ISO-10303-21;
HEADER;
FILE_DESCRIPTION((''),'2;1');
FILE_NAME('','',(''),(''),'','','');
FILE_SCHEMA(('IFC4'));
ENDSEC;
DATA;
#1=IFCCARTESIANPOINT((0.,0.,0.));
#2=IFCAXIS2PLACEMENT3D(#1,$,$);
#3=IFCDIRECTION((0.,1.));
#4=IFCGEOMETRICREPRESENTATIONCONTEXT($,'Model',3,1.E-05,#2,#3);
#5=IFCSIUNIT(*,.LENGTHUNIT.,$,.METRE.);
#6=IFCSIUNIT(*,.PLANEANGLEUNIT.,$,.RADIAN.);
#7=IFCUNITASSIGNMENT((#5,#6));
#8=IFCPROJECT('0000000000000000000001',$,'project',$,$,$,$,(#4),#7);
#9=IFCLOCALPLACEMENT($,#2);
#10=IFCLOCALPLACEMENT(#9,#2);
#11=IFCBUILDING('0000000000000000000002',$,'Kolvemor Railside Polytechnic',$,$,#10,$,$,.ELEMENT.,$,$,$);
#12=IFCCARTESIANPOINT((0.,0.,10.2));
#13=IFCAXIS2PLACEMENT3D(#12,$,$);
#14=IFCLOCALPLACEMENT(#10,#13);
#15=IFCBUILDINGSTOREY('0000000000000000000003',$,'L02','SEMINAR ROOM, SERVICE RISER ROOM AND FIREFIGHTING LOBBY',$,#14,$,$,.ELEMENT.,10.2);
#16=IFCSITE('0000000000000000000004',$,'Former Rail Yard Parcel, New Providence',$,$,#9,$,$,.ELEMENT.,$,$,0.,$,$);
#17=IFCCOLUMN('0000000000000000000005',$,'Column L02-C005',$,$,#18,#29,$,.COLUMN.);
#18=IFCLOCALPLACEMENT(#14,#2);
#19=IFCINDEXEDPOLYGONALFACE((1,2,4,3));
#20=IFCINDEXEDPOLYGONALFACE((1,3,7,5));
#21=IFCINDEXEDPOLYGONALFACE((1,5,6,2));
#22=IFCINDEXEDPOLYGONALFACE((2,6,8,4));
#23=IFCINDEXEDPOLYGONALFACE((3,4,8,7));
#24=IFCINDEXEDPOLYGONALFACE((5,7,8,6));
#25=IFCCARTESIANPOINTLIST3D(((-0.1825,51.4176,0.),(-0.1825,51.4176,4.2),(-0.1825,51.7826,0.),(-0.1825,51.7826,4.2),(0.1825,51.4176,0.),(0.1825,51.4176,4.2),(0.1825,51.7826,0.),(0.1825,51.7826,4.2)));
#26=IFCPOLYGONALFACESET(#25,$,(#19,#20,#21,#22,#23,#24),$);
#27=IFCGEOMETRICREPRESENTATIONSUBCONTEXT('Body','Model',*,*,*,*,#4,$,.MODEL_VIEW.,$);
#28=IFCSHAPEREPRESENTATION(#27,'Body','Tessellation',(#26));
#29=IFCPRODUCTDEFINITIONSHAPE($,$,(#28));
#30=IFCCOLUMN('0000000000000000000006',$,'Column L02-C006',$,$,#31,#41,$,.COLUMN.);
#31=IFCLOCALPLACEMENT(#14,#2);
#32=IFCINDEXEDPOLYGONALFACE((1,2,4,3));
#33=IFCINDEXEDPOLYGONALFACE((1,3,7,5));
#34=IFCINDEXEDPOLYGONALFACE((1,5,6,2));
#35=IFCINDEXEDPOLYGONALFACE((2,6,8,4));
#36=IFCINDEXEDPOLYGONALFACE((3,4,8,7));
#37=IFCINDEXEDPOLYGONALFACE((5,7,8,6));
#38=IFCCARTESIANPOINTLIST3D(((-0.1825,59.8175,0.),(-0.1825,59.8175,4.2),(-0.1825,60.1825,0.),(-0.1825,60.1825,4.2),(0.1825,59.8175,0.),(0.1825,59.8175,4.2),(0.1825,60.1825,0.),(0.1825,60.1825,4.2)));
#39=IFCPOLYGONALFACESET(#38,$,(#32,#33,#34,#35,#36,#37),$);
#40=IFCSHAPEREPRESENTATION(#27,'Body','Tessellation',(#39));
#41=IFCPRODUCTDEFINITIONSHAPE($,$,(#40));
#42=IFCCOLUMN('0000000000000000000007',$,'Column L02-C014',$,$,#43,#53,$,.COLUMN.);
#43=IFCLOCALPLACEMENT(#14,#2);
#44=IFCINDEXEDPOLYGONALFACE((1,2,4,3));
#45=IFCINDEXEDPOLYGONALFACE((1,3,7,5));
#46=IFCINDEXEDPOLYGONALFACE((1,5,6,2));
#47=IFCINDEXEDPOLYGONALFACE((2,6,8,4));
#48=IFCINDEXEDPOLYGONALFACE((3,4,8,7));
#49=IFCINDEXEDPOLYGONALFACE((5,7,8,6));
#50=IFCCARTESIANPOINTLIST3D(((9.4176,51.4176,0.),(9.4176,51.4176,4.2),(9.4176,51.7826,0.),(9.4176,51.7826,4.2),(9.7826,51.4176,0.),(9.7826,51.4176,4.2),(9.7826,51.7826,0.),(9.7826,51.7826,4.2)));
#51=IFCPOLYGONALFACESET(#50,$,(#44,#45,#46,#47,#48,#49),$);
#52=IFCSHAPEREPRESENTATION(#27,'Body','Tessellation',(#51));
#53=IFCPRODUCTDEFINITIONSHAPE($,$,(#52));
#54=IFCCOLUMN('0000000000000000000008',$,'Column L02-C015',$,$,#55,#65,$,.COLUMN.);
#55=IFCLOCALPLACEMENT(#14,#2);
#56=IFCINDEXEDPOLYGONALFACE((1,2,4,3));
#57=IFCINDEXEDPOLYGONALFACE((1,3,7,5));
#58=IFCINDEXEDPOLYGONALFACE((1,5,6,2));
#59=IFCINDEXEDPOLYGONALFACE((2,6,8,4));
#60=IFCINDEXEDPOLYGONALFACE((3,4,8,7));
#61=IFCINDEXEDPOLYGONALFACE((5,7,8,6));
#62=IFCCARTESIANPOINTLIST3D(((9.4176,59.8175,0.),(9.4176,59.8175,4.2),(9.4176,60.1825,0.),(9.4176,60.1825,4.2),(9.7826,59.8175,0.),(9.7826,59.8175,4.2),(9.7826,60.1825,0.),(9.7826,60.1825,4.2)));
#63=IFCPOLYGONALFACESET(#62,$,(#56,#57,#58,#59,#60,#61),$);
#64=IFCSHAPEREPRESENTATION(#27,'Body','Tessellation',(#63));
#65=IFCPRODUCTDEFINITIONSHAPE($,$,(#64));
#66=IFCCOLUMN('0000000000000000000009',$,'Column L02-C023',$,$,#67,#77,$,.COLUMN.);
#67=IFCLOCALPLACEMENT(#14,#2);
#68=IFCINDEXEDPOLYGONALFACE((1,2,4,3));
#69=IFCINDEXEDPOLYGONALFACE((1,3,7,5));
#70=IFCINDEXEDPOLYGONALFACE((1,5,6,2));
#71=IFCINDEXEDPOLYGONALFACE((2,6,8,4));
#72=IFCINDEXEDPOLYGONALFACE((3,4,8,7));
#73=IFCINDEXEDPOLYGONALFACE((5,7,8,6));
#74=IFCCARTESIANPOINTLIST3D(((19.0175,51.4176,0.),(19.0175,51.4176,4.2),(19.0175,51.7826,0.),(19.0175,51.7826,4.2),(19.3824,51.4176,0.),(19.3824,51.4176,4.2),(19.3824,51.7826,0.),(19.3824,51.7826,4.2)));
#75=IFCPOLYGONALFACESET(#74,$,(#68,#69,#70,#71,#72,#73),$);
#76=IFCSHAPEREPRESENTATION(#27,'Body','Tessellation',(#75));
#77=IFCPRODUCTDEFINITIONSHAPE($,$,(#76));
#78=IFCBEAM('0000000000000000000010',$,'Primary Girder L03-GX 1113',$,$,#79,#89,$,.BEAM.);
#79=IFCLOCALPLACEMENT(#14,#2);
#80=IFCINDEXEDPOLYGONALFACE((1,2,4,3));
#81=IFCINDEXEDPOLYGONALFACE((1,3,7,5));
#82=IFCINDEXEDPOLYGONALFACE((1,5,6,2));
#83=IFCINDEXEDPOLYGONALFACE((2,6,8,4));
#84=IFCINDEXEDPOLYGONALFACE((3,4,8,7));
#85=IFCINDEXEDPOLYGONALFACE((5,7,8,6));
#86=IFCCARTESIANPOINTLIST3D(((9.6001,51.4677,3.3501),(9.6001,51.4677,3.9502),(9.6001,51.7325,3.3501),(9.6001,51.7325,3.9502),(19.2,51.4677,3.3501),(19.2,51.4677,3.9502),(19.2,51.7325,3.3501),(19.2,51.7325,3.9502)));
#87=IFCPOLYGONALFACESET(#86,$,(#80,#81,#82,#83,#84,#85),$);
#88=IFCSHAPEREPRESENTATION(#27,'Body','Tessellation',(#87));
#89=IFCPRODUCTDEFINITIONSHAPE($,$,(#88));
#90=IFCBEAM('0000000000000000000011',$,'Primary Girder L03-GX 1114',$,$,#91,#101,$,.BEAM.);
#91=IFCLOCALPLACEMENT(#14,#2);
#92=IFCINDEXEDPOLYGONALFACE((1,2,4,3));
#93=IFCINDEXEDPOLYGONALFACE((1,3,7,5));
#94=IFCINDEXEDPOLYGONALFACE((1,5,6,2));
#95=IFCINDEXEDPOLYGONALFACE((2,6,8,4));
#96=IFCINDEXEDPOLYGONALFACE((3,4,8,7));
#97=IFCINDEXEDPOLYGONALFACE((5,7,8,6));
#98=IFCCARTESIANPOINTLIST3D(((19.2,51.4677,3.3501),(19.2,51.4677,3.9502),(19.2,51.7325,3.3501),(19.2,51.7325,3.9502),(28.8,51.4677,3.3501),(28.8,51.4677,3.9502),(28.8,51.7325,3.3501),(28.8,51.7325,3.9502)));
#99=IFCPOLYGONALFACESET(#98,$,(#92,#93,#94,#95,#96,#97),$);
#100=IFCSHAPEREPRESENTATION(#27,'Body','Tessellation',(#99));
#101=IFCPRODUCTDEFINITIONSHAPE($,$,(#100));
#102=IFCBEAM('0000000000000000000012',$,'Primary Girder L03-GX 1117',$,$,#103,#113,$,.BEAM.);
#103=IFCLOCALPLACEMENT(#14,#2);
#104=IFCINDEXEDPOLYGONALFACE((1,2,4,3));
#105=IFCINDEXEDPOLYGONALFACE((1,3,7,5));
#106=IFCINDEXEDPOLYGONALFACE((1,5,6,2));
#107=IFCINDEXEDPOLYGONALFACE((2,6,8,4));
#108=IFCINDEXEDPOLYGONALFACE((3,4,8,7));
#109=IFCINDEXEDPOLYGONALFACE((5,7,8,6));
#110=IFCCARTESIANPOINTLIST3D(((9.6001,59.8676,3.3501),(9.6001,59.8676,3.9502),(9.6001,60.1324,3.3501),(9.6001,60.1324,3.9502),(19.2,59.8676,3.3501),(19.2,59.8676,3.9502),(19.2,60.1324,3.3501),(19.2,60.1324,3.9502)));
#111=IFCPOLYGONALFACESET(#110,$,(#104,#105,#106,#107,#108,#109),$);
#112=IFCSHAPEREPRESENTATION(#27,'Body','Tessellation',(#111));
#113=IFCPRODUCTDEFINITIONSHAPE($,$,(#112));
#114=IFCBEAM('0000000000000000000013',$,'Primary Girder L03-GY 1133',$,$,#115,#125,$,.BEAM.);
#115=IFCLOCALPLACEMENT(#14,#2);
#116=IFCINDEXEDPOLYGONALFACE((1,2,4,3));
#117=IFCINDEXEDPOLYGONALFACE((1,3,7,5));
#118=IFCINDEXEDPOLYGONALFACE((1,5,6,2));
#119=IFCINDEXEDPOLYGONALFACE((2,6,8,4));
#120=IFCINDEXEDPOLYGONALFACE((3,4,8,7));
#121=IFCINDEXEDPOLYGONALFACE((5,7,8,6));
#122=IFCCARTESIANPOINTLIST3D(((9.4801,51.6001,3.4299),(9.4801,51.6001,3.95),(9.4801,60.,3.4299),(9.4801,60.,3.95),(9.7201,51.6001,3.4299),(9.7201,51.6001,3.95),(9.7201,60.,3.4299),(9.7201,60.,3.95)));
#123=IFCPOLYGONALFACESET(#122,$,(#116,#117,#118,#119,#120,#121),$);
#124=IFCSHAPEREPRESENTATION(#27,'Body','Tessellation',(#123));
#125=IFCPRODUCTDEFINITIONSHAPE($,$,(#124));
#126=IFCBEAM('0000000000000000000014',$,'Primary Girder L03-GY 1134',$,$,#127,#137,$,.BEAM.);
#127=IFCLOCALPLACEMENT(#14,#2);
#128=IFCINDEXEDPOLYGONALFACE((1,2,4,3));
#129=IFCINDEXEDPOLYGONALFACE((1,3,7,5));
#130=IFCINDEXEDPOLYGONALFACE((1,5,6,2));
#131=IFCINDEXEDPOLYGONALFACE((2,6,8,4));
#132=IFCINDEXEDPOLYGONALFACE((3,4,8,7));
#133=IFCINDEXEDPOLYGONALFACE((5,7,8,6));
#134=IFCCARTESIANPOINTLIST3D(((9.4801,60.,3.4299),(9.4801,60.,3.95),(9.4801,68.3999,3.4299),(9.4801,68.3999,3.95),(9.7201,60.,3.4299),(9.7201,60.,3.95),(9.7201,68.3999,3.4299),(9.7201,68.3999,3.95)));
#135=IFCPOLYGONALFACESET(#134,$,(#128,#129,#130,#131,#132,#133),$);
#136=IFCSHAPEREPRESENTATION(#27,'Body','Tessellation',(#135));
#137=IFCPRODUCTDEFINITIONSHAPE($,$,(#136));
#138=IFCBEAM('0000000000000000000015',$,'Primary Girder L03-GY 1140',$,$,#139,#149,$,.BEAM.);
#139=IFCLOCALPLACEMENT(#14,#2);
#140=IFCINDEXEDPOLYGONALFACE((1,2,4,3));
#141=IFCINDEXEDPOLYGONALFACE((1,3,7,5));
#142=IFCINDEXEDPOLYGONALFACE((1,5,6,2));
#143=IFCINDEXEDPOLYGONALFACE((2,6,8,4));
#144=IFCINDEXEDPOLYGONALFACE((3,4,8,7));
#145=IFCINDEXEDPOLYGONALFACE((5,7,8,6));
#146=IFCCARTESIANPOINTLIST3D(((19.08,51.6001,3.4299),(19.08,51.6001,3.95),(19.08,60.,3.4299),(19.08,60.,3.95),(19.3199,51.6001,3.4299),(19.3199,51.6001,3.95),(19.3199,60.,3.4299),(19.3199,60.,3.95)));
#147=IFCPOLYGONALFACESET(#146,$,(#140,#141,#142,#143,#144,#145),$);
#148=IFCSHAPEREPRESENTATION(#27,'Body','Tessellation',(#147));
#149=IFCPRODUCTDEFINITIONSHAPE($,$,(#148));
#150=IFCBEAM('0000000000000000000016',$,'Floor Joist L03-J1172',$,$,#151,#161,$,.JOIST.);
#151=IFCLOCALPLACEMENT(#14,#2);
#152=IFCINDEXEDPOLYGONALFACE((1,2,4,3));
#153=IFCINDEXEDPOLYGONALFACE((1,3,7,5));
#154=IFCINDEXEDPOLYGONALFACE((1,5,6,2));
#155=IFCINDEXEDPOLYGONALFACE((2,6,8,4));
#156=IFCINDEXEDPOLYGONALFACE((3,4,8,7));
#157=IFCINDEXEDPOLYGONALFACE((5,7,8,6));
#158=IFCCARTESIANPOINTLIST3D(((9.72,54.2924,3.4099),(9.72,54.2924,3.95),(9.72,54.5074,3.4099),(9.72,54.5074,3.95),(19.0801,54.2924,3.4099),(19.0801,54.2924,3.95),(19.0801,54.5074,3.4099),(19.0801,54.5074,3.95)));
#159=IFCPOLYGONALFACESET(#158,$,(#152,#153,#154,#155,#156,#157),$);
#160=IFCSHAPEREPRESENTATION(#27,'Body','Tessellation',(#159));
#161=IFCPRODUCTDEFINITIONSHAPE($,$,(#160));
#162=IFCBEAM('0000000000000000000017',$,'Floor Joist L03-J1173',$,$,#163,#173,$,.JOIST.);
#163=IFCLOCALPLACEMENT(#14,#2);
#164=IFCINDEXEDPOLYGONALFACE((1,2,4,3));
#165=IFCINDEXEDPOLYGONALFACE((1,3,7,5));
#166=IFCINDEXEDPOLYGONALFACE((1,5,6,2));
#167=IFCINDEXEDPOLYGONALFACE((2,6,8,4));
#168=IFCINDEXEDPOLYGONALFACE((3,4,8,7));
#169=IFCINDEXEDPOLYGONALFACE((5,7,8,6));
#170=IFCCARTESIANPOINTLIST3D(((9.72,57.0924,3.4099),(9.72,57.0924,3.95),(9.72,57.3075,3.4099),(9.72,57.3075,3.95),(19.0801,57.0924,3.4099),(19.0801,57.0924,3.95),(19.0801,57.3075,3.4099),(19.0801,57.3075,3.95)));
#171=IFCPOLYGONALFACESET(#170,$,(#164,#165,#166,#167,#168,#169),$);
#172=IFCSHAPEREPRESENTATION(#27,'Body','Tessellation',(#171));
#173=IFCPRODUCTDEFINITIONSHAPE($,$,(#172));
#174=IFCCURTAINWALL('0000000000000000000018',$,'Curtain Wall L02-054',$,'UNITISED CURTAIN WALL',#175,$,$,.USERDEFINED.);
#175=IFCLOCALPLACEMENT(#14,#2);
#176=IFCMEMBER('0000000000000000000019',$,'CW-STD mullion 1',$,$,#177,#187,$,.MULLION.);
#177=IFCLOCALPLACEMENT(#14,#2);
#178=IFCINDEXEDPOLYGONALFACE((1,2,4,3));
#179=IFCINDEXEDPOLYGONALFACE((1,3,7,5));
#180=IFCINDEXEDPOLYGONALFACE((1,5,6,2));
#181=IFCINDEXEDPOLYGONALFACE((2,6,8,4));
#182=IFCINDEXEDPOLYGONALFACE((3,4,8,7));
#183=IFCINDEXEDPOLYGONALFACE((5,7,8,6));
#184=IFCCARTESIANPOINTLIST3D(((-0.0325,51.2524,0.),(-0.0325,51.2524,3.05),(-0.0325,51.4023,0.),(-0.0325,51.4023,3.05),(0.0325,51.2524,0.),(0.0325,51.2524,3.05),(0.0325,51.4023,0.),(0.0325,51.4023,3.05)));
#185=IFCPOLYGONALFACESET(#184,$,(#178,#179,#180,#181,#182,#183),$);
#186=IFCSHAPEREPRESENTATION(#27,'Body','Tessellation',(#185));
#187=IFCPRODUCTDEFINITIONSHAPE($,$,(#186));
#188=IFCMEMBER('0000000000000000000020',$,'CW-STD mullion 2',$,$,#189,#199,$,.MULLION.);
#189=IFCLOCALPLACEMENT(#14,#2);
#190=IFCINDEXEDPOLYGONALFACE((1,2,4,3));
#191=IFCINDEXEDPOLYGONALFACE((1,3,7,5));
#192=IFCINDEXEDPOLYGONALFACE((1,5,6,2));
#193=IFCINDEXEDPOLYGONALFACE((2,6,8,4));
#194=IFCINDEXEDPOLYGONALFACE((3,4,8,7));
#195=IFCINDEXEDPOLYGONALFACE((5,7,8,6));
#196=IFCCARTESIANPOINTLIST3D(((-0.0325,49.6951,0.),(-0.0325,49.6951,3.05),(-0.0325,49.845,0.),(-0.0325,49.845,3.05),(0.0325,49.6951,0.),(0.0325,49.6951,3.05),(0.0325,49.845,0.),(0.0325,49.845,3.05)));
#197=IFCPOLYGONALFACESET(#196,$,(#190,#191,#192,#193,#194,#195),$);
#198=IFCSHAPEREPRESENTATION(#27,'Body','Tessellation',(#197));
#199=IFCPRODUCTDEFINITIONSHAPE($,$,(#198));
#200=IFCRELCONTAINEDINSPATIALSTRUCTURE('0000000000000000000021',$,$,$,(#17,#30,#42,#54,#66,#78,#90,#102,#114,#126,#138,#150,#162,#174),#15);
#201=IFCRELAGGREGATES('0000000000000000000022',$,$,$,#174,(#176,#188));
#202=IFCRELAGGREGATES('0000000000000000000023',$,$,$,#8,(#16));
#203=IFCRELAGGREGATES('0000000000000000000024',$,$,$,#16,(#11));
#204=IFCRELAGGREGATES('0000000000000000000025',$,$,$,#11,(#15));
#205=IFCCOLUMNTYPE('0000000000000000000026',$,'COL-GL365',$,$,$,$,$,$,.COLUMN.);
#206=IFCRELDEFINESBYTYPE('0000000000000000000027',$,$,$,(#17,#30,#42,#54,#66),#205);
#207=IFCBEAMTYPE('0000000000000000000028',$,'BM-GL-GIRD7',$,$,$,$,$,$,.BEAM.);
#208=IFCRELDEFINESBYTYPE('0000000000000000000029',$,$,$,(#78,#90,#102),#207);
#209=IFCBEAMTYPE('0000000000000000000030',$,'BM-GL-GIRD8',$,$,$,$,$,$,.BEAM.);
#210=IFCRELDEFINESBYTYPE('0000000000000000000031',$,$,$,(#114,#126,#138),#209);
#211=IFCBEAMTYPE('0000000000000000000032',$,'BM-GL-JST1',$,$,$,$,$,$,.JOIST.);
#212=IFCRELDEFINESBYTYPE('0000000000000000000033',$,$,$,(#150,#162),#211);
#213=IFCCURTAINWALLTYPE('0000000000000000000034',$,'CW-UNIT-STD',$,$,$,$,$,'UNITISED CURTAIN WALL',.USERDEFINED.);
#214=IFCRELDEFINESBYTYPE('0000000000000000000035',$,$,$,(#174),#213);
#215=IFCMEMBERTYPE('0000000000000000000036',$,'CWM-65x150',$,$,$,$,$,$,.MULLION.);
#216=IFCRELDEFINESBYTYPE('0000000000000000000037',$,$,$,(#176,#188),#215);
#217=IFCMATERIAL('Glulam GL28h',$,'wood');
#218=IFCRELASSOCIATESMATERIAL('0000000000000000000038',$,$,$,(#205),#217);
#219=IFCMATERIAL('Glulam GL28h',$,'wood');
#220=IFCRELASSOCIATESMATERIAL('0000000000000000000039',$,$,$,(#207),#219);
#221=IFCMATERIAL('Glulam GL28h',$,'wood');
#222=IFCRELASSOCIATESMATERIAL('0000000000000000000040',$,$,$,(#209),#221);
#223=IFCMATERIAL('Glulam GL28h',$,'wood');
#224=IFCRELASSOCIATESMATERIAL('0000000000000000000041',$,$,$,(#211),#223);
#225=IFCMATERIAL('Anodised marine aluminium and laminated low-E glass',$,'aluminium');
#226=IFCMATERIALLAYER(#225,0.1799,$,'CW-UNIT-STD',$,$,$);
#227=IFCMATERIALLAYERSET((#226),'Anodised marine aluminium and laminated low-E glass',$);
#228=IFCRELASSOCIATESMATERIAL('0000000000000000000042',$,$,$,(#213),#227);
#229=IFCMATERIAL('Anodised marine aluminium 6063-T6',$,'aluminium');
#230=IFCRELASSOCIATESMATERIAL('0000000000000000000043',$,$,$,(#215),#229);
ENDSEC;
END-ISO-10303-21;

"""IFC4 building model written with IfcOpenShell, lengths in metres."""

from ifc_helpers import new_model, si_unit, direction, frame, origin, origin_2d, place, context, subcontext, project, spatial, rectangle, extrude, material, layer, layer_set, material_profile, profile_set, type_object, element, aggregate, save


model = new_model("IFC4")

# Units and contexts
model_context = context("Model", 3, precision=1e-05, world=origin(), true_north=direction((0.0, 1.0)))
body_context = subcontext(model_context, "Body", "Model", "MODEL_VIEW")
ifc_project = project(units=[si_unit("LENGTHUNIT", "METRE"), si_unit("PLANEANGLEUNIT", "RADIAN")], contexts=[model_context])

# Site, building, storey
site_placement = place(None, origin())
site = spatial("IfcSite", under=ifc_project, at=site_placement, Name="Former Rail Yard Parcel, New Providence", CompositionType="ELEMENT", RefElevation=0.0)
building_placement = place(site_placement, origin())
building = spatial("IfcBuilding", under=site, at=building_placement, Name="Kolvemor Railside Polytechnic", CompositionType="ELEMENT")
storey_placement = place(building_placement, frame((0.0, 0.0, 10.2)))
storey = spatial("IfcBuildingStorey", under=building, at=storey_placement, Name="L02", Description="SEMINAR ROOM, SERVICE RISER ROOM AND FIREFIGHTING LOBBY", CompositionType="ELEMENT", Elevation=10.2)

# Columns
ifc_material_1 = material(Name="Glulam GL28h", Category="wood")
ifc_material_profile_1 = material_profile(ifc_material_1, rectangle(XDim=0.365, YDim=0.365, at=origin_2d()), Name="GL365x365")
ifc_profile_set_1 = profile_set([ifc_material_profile_1], Name="Glulam GL28h")
column_type = type_object("IfcColumnType", Name="COL-GL365", PredefinedType="COLUMN", material=ifc_profile_set_1)
for number, where, z_axis, x_axis, name in (
    (1, (0.0, 51.6001, 0.0), (0.0, 0.0, 1.0), (1.0, 0.0, 0.0), "Column L02-C005"),
    (2, (0.0, 60.0, 0.0), (0.0, 0.0, 1.0), (1.0, 0.0, 0.0), "Column L02-C006"),
    (3, (9.6001, 51.6001, 0.0), (0.0, 0.0, 1.0), (1.0, 0.0, 0.0), "Column L02-C014"),
    (4, (9.6001, 60.0, 0.0), (0.0, 0.0, 1.0), (1.0, 0.0, 0.0), "Column L02-C015"),
    (5, (19.2, 51.6001, 0.0), (0.0, 0.0, 1.0), (1.0, 0.0, 0.0), "Column L02-C023"),
):
    element("IfcColumn", number, at=place(storey_placement, frame(where, z_axis=z_axis, x_axis=x_axis)), inside=storey, type_object=column_type, Name=name, PredefinedType="COLUMN", context=body_context, shape_type="SweptSolid", body=[
        extrude(rectangle(XDim=0.365, YDim=0.365, at=origin_2d()), origin(), (0.0, 0.0, 1.0), 4.2),
    ])

# Beams
ifc_material_2 = material(Name="Glulam GL28h", Category="wood")
ifc_material_profile_2 = material_profile(ifc_material_2, rectangle(XDim=0.2649, YDim=0.6001, at=origin_2d()), Name="GL265x600")
ifc_profile_set_2 = profile_set([ifc_material_profile_2], Name="Glulam GL28h")
beam_type_1 = type_object("IfcBeamType", Name="BM-GL-GIRD7", PredefinedType="BEAM", material=ifc_profile_set_2)
beam_1_placement = place(storey_placement, frame((9.6001, 51.6001, 3.6501), z_axis=(1.0, 0.0, 0.0), x_axis=(0.0, 1.0, 0.0)))
element("IfcBeam", 6, at=beam_1_placement, inside=storey, type_object=beam_type_1, Name="Primary Girder L03-GX 1113", PredefinedType="BEAM", context=body_context, shape_type="SweptSolid", body=[
    extrude(rectangle(XDim=0.2649, YDim=0.6001, at=origin_2d()), origin(), (0.0, 0.0, 1.0), 9.5999),
])
beam_2_placement = place(storey_placement, frame((19.2, 51.6001, 3.6501), z_axis=(1.0, 0.0, 0.0), x_axis=(0.0, 1.0, 0.0)))
element("IfcBeam", 7, at=beam_2_placement, inside=storey, type_object=beam_type_1, Name="Primary Girder L03-GX 1114", PredefinedType="BEAM", context=body_context, shape_type="SweptSolid", body=[
    extrude(rectangle(XDim=0.2649, YDim=0.6001, at=origin_2d()), origin(), (0.0, 0.0, 1.0), 9.6001),
])
beam_3_placement = place(storey_placement, frame((9.6001, 60.0, 3.6501), z_axis=(1.0, 0.0, 0.0), x_axis=(0.0, 1.0, 0.0)))
element("IfcBeam", 8, at=beam_3_placement, inside=storey, type_object=beam_type_1, Name="Primary Girder L03-GX 1117", PredefinedType="BEAM", context=body_context, shape_type="SweptSolid", body=[
    extrude(rectangle(XDim=0.2649, YDim=0.6001, at=origin_2d()), origin(), (0.0, 0.0, 1.0), 9.5999),
])
ifc_material_3 = material(Name="Glulam GL28h", Category="wood")
ifc_material_profile_3 = material_profile(ifc_material_3, rectangle(XDim=0.24, YDim=0.52, at=origin_2d()), Name="GL240x520")
ifc_profile_set_3 = profile_set([ifc_material_profile_3], Name="Glulam GL28h")
beam_type_2 = type_object("IfcBeamType", Name="BM-GL-GIRD8", PredefinedType="BEAM", material=ifc_profile_set_3)
for number, where, z_axis, x_axis, name in (
    (9, (9.6001, 51.6001, 3.6899), (0.0, 1.0, 0.0), (-1.0, 0.0, 0.0), "Primary Girder L03-GY 1133"),
    (10, (9.6001, 60.0, 3.6899), (0.0, 1.0, 0.0), (-1.0, 0.0, 0.0), "Primary Girder L03-GY 1134"),
    (11, (19.2, 51.6001, 3.6899), (0.0, 1.0, 0.0), (-1.0, 0.0, 0.0), "Primary Girder L03-GY 1140"),
):
    element("IfcBeam", number, at=place(storey_placement, frame(where, z_axis=z_axis, x_axis=x_axis)), inside=storey, type_object=beam_type_2, Name=name, PredefinedType="BEAM", context=body_context, shape_type="SweptSolid", body=[
        extrude(rectangle(XDim=0.24, YDim=0.52, at=origin_2d()), origin(), (0.0, 0.0, 1.0), 8.3999),
    ])
ifc_material_4 = material(Name="Glulam GL28h", Category="wood")
ifc_material_profile_4 = material_profile(ifc_material_4, rectangle(XDim=0.2151, YDim=0.54, at=origin_2d()), Name="GL215x540")
ifc_profile_set_4 = profile_set([ifc_material_profile_4], Name="Glulam GL28h")
beam_type_3 = type_object("IfcBeamType", Name="BM-GL-JST1", PredefinedType="JOIST", material=ifc_profile_set_4)
for number, where, z_axis, x_axis, name in (
    (12, (9.72, 54.3999, 3.6799), (1.0, 0.0, 0.0), (0.0, 1.0, 0.0), "Floor Joist L03-J1172"),
    (13, (9.72, 57.2, 3.6799), (1.0, 0.0, 0.0), (0.0, 1.0, 0.0), "Floor Joist L03-J1173"),
):
    element("IfcBeam", number, at=place(storey_placement, frame(where, z_axis=z_axis, x_axis=x_axis)), inside=storey, type_object=beam_type_3, Name=name, PredefinedType="JOIST", context=body_context, shape_type="SweptSolid", body=[
        extrude(rectangle(XDim=0.2151, YDim=0.54, at=origin_2d()), origin(), (0.0, 0.0, 1.0), 9.3601),
    ])

# Curtain wall, members
ifc_material_5 = material(Name="Anodised marine aluminium and laminated low-E glass", Category="aluminium")
ifc_layer_1 = layer(ifc_material_5, 0.1799, Name="CW-UNIT-STD")
ifc_layer_set_1 = layer_set([ifc_layer_1], Name="Anodised marine aluminium and laminated low-E glass")
curtain_wall_type = type_object("IfcCurtainWallType", Name="CW-UNIT-STD", ElementType="UNITISED CURTAIN WALL", PredefinedType="USERDEFINED", material=ifc_layer_set_1)
curtain_wall_placement = place(storey_placement, origin())
curtain_wall = element("IfcCurtainWall", 14, at=curtain_wall_placement, inside=storey, type_object=curtain_wall_type, Name="Curtain Wall L02-054", ObjectType="UNITISED CURTAIN WALL", PredefinedType="USERDEFINED")
ifc_material_6 = material(Name="Anodised marine aluminium 6063-T6", Category="aluminium")
ifc_material_profile_5 = material_profile(ifc_material_6, rectangle(XDim=0.0649, YDim=0.1499, at=origin_2d()), Name="CW-MUL-65x150")
ifc_profile_set_5 = profile_set([ifc_material_profile_5], Name="Anodised marine aluminium 6063-T6")
member_type_1 = type_object("IfcMemberType", Name="CWM-65x150", PredefinedType="MULLION", material=ifc_profile_set_5)
member_1_placement = place(storey_placement, frame((0.0, 51.3274, 0.0), z_axis=(0.0, 0.0, 1.0), x_axis=(1.0, 0.0, 0.0)))
member_1 = element("IfcMember", 15, at=member_1_placement, type_object=member_type_1, Name="CW-STD mullion 1", PredefinedType="MULLION", context=body_context, shape_type="SweptSolid", body=[
    extrude(rectangle(XDim=0.0649, YDim=0.1499, at=origin_2d()), origin(), (0.0, 0.0, 1.0), 3.05),
])
member_2_placement = place(storey_placement, frame((0.0, 49.77, 0.0), z_axis=(0.0, 0.0, 1.0), x_axis=(1.0, 0.0, 0.0)))
member_2 = element("IfcMember", 16, at=member_2_placement, type_object=member_type_1, Name="CW-STD mullion 2", PredefinedType="MULLION", context=body_context, shape_type="SweptSolid", body=[
    extrude(rectangle(XDim=0.0649, YDim=0.1499, at=origin_2d()), origin(), (0.0, 0.0, 1.0), 3.05),
])
aggregate(curtain_wall, [member_1, member_2])

save(model, "model.ifc")
